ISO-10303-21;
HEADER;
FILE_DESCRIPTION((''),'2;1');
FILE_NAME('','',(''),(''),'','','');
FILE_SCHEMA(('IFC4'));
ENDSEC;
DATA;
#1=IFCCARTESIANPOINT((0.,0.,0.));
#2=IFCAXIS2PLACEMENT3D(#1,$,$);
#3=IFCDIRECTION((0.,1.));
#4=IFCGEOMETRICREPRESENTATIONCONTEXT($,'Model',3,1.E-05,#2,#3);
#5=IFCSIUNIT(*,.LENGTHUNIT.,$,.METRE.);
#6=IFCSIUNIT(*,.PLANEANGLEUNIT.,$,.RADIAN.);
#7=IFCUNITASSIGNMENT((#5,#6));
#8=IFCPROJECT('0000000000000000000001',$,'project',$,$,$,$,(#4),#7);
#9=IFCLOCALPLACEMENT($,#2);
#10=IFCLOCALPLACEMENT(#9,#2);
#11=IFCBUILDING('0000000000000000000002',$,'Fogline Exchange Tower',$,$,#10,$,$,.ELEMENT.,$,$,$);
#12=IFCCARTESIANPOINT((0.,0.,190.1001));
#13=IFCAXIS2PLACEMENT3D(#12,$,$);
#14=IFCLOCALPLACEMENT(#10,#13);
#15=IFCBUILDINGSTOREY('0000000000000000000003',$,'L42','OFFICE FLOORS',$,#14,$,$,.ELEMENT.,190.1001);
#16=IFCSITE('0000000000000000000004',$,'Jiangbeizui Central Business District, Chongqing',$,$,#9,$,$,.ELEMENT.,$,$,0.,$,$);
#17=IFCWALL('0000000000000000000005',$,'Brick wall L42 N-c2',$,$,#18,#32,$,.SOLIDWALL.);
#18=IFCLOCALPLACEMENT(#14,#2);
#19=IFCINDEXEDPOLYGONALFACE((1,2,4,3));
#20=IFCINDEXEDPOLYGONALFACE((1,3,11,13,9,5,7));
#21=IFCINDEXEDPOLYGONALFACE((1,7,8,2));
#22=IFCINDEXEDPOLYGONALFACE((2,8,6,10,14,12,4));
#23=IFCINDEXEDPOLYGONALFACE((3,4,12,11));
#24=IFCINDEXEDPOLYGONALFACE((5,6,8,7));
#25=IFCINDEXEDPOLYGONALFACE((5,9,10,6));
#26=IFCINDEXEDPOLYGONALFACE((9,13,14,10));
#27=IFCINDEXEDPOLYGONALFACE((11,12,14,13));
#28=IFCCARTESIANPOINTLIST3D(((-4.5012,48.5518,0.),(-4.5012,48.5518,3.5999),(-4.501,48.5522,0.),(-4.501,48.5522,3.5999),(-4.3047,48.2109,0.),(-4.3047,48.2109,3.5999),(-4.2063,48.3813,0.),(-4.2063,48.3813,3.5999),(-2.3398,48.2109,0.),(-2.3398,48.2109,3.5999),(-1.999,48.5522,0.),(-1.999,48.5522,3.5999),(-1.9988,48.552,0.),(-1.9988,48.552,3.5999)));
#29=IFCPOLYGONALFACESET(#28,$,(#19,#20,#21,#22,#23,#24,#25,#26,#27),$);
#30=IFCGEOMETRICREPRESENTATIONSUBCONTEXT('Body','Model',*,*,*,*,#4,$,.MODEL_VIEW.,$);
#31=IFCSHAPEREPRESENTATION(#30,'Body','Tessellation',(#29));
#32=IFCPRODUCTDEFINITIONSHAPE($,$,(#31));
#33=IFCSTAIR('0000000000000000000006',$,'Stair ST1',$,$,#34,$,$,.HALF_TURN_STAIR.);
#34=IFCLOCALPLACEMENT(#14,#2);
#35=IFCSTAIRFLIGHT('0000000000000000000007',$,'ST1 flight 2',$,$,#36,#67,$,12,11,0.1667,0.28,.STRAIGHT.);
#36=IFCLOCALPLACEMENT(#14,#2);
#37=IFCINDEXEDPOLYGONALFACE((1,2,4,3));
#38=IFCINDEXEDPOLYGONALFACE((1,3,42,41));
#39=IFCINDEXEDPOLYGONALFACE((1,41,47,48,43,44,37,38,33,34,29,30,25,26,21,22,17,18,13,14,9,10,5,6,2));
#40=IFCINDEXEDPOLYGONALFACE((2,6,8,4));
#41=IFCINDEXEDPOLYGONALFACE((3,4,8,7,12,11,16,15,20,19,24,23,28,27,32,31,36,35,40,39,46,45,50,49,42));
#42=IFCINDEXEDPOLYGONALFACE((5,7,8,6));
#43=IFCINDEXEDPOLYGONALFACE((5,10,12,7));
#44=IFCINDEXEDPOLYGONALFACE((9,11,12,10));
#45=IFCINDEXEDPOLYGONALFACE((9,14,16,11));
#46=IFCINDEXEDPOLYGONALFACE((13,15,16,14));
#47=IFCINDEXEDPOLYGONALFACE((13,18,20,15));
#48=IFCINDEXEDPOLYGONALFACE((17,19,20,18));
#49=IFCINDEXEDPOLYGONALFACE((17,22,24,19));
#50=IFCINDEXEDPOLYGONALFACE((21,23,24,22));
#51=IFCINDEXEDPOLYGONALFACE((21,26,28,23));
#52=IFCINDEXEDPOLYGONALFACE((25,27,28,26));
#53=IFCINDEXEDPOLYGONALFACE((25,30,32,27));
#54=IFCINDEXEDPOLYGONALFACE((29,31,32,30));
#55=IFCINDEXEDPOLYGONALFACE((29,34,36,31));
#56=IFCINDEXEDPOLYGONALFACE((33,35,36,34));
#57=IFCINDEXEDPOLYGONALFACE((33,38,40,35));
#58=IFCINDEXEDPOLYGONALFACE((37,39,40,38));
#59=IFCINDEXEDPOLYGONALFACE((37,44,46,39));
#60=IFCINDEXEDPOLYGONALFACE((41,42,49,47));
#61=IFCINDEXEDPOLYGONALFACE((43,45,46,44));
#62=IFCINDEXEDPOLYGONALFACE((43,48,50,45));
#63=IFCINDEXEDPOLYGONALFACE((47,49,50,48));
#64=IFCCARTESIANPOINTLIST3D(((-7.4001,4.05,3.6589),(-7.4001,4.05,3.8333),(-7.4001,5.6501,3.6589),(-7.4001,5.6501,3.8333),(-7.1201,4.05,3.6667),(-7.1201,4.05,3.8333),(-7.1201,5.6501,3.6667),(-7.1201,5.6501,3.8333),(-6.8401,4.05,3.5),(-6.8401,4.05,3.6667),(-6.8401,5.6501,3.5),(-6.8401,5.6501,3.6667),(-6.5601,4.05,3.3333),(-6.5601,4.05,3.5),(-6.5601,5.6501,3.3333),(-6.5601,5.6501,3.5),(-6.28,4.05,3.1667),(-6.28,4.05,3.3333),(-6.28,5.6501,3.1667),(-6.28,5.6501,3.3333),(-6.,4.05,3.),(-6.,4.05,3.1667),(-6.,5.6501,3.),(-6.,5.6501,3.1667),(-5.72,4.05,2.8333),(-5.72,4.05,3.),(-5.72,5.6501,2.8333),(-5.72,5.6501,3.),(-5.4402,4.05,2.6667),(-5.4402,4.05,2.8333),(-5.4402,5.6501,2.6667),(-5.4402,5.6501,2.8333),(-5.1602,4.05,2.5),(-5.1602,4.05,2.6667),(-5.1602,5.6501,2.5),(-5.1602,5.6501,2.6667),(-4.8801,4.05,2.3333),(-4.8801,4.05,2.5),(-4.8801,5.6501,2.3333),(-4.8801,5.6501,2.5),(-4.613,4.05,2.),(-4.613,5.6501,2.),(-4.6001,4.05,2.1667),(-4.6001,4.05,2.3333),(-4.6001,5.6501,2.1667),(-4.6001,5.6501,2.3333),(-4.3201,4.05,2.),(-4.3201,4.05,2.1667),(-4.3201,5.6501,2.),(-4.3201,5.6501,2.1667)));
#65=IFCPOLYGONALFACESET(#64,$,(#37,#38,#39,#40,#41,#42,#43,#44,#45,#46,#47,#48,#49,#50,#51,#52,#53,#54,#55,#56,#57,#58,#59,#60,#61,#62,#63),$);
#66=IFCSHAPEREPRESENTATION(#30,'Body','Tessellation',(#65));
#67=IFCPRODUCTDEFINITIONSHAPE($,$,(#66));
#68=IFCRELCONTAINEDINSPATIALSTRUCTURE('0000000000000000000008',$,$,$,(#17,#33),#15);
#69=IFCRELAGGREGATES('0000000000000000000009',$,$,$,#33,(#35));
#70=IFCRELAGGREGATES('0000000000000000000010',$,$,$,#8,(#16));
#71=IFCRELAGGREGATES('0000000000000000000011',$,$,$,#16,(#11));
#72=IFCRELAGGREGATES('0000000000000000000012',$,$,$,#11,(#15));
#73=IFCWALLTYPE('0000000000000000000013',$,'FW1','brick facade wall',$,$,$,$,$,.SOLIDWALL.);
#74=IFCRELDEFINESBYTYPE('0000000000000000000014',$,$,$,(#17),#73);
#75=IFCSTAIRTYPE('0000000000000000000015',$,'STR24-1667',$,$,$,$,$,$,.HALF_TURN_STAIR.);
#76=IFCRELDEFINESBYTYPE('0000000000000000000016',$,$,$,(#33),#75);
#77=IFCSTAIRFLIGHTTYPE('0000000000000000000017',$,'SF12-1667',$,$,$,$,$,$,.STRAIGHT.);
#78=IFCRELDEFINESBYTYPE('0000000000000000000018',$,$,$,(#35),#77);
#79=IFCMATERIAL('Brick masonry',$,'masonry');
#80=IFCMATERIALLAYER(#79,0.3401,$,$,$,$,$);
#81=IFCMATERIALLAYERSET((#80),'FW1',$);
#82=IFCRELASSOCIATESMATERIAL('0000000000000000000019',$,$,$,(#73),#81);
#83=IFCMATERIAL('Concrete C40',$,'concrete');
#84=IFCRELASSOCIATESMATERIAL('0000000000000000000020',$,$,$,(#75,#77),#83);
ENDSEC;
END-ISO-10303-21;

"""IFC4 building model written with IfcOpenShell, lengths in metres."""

from ifc_helpers import new_model, si_unit, direction, frame, origin, place, context, subcontext, project, spatial, polyline, outline, extrude, material, layer, layer_set, type_object, element, aggregate, save


model = new_model("IFC4")

# Units and contexts
model_context = context("Model", 3, precision=1e-05, world=origin(), true_north=direction((0.0, 1.0)))
body_context = subcontext(model_context, "Body", "Model", "MODEL_VIEW")
ifc_project = project(units=[si_unit("LENGTHUNIT", "METRE"), si_unit("PLANEANGLEUNIT", "RADIAN")], contexts=[model_context])

# Site, building, storey
site_placement = place(None, origin())
site = spatial("IfcSite", under=ifc_project, at=site_placement, Name="Jiangbeizui Central Business District, Chongqing", CompositionType="ELEMENT", RefElevation=0.0)
building_placement = place(site_placement, origin())
building = spatial("IfcBuilding", under=site, at=building_placement, Name="Fogline Exchange Tower", CompositionType="ELEMENT")
storey_placement = place(building_placement, frame((0.0, 0.0, 190.1001)))
storey = spatial("IfcBuildingStorey", under=building, at=storey_placement, Name="L42", Description="OFFICE FLOORS", CompositionType="ELEMENT", Elevation=190.1001)

# Shared definitions
ifc_material_1 = material(Name="Concrete C40", Category="concrete")

# Wall
ifc_material_2 = material(Name="Brick masonry", Category="masonry")
ifc_layer_1 = layer(ifc_material_2, 0.3401)
ifc_layer_set_1 = layer_set([ifc_layer_1], Name="FW1")
wall_type_1 = type_object("IfcWallType", Name="FW1", Description="brick facade wall", PredefinedType="SOLIDWALL", material=ifc_layer_set_1)
wall_1_placement = place(storey_placement, origin())
element("IfcWall", 1, at=wall_1_placement, inside=storey, type_object=wall_type_1, Name="Brick wall L42 N-c2", PredefinedType="SOLIDWALL", context=body_context, shape_type="SweptSolid", body=[
    extrude(outline(polyline([(-4.3047, 48.2109), (-4.2063, 48.3813), (-4.5012, 48.5518), (-4.501, 48.5522), (-1.999, 48.5522), (-1.9988, 48.552), (-2.3398, 48.2109), (-4.3047, 48.2109)])), origin(), (0.0, 0.0, 1.0), 3.5999),
])

# Stair, stair flight
stair_type = type_object("IfcStairType", Name="STR24-1667", PredefinedType="HALF_TURN_STAIR", material=ifc_material_1)
stair_placement = place(storey_placement, origin())
stair = element("IfcStair", 2, at=stair_placement, inside=storey, type_object=stair_type, Name="Stair ST1", PredefinedType="HALF_TURN_STAIR")
stair_flight_type = type_object("IfcStairFlightType", Name="SF12-1667", PredefinedType="STRAIGHT", material=ifc_material_1)
stair_flight_placement = place(storey_placement, frame((-4.3201, 4.8501, 2.0), z_axis=(0.0, 0.0, 1.0), x_axis=(-1.0, 0.0, 0.0)))
stair_flight = element("IfcStairFlight", 3, at=stair_flight_placement, type_object=stair_flight_type, Name="ST1 flight 2", NumberOfRisers=12, NumberOfTreads=11, PredefinedType="STRAIGHT", RiserHeight=0.1667, TreadLength=0.28, context=body_context, shape_type="SweptSolid", body=[
    extrude(outline(polyline([(0.0, 0.0), (0.0, 0.1667), (0.28, 0.1667), (0.28, 0.3333), (0.5601, 0.3333), (0.5601, 0.5), (0.8401, 0.5), (0.8401, 0.6667), (1.1201, 0.6667), (1.1201, 0.8333), (1.3999, 0.8333), (1.3999, 1.0), (1.6799, 1.0), (1.6799, 1.1667), (1.96, 1.1667), (1.96, 1.3333), (2.24, 1.3333), (2.24, 1.5), (2.52, 1.5), (2.52, 1.6667), (2.8, 1.6667), (2.8, 1.8333), (3.0801, 1.8333), (3.0801, 2.0), (3.0801, 1.6589), (0.293, 0.0), (0.0, 0.0)])), frame((0.0, 0.8, 0.0), z_axis=(0.0, -1.0, 0.0), x_axis=(1.0, 0.0, 0.0)), (0.0, 0.0, 1.0), 1.6001),
])
aggregate(stair, [stair_flight])

save(model, "model.ifc")
